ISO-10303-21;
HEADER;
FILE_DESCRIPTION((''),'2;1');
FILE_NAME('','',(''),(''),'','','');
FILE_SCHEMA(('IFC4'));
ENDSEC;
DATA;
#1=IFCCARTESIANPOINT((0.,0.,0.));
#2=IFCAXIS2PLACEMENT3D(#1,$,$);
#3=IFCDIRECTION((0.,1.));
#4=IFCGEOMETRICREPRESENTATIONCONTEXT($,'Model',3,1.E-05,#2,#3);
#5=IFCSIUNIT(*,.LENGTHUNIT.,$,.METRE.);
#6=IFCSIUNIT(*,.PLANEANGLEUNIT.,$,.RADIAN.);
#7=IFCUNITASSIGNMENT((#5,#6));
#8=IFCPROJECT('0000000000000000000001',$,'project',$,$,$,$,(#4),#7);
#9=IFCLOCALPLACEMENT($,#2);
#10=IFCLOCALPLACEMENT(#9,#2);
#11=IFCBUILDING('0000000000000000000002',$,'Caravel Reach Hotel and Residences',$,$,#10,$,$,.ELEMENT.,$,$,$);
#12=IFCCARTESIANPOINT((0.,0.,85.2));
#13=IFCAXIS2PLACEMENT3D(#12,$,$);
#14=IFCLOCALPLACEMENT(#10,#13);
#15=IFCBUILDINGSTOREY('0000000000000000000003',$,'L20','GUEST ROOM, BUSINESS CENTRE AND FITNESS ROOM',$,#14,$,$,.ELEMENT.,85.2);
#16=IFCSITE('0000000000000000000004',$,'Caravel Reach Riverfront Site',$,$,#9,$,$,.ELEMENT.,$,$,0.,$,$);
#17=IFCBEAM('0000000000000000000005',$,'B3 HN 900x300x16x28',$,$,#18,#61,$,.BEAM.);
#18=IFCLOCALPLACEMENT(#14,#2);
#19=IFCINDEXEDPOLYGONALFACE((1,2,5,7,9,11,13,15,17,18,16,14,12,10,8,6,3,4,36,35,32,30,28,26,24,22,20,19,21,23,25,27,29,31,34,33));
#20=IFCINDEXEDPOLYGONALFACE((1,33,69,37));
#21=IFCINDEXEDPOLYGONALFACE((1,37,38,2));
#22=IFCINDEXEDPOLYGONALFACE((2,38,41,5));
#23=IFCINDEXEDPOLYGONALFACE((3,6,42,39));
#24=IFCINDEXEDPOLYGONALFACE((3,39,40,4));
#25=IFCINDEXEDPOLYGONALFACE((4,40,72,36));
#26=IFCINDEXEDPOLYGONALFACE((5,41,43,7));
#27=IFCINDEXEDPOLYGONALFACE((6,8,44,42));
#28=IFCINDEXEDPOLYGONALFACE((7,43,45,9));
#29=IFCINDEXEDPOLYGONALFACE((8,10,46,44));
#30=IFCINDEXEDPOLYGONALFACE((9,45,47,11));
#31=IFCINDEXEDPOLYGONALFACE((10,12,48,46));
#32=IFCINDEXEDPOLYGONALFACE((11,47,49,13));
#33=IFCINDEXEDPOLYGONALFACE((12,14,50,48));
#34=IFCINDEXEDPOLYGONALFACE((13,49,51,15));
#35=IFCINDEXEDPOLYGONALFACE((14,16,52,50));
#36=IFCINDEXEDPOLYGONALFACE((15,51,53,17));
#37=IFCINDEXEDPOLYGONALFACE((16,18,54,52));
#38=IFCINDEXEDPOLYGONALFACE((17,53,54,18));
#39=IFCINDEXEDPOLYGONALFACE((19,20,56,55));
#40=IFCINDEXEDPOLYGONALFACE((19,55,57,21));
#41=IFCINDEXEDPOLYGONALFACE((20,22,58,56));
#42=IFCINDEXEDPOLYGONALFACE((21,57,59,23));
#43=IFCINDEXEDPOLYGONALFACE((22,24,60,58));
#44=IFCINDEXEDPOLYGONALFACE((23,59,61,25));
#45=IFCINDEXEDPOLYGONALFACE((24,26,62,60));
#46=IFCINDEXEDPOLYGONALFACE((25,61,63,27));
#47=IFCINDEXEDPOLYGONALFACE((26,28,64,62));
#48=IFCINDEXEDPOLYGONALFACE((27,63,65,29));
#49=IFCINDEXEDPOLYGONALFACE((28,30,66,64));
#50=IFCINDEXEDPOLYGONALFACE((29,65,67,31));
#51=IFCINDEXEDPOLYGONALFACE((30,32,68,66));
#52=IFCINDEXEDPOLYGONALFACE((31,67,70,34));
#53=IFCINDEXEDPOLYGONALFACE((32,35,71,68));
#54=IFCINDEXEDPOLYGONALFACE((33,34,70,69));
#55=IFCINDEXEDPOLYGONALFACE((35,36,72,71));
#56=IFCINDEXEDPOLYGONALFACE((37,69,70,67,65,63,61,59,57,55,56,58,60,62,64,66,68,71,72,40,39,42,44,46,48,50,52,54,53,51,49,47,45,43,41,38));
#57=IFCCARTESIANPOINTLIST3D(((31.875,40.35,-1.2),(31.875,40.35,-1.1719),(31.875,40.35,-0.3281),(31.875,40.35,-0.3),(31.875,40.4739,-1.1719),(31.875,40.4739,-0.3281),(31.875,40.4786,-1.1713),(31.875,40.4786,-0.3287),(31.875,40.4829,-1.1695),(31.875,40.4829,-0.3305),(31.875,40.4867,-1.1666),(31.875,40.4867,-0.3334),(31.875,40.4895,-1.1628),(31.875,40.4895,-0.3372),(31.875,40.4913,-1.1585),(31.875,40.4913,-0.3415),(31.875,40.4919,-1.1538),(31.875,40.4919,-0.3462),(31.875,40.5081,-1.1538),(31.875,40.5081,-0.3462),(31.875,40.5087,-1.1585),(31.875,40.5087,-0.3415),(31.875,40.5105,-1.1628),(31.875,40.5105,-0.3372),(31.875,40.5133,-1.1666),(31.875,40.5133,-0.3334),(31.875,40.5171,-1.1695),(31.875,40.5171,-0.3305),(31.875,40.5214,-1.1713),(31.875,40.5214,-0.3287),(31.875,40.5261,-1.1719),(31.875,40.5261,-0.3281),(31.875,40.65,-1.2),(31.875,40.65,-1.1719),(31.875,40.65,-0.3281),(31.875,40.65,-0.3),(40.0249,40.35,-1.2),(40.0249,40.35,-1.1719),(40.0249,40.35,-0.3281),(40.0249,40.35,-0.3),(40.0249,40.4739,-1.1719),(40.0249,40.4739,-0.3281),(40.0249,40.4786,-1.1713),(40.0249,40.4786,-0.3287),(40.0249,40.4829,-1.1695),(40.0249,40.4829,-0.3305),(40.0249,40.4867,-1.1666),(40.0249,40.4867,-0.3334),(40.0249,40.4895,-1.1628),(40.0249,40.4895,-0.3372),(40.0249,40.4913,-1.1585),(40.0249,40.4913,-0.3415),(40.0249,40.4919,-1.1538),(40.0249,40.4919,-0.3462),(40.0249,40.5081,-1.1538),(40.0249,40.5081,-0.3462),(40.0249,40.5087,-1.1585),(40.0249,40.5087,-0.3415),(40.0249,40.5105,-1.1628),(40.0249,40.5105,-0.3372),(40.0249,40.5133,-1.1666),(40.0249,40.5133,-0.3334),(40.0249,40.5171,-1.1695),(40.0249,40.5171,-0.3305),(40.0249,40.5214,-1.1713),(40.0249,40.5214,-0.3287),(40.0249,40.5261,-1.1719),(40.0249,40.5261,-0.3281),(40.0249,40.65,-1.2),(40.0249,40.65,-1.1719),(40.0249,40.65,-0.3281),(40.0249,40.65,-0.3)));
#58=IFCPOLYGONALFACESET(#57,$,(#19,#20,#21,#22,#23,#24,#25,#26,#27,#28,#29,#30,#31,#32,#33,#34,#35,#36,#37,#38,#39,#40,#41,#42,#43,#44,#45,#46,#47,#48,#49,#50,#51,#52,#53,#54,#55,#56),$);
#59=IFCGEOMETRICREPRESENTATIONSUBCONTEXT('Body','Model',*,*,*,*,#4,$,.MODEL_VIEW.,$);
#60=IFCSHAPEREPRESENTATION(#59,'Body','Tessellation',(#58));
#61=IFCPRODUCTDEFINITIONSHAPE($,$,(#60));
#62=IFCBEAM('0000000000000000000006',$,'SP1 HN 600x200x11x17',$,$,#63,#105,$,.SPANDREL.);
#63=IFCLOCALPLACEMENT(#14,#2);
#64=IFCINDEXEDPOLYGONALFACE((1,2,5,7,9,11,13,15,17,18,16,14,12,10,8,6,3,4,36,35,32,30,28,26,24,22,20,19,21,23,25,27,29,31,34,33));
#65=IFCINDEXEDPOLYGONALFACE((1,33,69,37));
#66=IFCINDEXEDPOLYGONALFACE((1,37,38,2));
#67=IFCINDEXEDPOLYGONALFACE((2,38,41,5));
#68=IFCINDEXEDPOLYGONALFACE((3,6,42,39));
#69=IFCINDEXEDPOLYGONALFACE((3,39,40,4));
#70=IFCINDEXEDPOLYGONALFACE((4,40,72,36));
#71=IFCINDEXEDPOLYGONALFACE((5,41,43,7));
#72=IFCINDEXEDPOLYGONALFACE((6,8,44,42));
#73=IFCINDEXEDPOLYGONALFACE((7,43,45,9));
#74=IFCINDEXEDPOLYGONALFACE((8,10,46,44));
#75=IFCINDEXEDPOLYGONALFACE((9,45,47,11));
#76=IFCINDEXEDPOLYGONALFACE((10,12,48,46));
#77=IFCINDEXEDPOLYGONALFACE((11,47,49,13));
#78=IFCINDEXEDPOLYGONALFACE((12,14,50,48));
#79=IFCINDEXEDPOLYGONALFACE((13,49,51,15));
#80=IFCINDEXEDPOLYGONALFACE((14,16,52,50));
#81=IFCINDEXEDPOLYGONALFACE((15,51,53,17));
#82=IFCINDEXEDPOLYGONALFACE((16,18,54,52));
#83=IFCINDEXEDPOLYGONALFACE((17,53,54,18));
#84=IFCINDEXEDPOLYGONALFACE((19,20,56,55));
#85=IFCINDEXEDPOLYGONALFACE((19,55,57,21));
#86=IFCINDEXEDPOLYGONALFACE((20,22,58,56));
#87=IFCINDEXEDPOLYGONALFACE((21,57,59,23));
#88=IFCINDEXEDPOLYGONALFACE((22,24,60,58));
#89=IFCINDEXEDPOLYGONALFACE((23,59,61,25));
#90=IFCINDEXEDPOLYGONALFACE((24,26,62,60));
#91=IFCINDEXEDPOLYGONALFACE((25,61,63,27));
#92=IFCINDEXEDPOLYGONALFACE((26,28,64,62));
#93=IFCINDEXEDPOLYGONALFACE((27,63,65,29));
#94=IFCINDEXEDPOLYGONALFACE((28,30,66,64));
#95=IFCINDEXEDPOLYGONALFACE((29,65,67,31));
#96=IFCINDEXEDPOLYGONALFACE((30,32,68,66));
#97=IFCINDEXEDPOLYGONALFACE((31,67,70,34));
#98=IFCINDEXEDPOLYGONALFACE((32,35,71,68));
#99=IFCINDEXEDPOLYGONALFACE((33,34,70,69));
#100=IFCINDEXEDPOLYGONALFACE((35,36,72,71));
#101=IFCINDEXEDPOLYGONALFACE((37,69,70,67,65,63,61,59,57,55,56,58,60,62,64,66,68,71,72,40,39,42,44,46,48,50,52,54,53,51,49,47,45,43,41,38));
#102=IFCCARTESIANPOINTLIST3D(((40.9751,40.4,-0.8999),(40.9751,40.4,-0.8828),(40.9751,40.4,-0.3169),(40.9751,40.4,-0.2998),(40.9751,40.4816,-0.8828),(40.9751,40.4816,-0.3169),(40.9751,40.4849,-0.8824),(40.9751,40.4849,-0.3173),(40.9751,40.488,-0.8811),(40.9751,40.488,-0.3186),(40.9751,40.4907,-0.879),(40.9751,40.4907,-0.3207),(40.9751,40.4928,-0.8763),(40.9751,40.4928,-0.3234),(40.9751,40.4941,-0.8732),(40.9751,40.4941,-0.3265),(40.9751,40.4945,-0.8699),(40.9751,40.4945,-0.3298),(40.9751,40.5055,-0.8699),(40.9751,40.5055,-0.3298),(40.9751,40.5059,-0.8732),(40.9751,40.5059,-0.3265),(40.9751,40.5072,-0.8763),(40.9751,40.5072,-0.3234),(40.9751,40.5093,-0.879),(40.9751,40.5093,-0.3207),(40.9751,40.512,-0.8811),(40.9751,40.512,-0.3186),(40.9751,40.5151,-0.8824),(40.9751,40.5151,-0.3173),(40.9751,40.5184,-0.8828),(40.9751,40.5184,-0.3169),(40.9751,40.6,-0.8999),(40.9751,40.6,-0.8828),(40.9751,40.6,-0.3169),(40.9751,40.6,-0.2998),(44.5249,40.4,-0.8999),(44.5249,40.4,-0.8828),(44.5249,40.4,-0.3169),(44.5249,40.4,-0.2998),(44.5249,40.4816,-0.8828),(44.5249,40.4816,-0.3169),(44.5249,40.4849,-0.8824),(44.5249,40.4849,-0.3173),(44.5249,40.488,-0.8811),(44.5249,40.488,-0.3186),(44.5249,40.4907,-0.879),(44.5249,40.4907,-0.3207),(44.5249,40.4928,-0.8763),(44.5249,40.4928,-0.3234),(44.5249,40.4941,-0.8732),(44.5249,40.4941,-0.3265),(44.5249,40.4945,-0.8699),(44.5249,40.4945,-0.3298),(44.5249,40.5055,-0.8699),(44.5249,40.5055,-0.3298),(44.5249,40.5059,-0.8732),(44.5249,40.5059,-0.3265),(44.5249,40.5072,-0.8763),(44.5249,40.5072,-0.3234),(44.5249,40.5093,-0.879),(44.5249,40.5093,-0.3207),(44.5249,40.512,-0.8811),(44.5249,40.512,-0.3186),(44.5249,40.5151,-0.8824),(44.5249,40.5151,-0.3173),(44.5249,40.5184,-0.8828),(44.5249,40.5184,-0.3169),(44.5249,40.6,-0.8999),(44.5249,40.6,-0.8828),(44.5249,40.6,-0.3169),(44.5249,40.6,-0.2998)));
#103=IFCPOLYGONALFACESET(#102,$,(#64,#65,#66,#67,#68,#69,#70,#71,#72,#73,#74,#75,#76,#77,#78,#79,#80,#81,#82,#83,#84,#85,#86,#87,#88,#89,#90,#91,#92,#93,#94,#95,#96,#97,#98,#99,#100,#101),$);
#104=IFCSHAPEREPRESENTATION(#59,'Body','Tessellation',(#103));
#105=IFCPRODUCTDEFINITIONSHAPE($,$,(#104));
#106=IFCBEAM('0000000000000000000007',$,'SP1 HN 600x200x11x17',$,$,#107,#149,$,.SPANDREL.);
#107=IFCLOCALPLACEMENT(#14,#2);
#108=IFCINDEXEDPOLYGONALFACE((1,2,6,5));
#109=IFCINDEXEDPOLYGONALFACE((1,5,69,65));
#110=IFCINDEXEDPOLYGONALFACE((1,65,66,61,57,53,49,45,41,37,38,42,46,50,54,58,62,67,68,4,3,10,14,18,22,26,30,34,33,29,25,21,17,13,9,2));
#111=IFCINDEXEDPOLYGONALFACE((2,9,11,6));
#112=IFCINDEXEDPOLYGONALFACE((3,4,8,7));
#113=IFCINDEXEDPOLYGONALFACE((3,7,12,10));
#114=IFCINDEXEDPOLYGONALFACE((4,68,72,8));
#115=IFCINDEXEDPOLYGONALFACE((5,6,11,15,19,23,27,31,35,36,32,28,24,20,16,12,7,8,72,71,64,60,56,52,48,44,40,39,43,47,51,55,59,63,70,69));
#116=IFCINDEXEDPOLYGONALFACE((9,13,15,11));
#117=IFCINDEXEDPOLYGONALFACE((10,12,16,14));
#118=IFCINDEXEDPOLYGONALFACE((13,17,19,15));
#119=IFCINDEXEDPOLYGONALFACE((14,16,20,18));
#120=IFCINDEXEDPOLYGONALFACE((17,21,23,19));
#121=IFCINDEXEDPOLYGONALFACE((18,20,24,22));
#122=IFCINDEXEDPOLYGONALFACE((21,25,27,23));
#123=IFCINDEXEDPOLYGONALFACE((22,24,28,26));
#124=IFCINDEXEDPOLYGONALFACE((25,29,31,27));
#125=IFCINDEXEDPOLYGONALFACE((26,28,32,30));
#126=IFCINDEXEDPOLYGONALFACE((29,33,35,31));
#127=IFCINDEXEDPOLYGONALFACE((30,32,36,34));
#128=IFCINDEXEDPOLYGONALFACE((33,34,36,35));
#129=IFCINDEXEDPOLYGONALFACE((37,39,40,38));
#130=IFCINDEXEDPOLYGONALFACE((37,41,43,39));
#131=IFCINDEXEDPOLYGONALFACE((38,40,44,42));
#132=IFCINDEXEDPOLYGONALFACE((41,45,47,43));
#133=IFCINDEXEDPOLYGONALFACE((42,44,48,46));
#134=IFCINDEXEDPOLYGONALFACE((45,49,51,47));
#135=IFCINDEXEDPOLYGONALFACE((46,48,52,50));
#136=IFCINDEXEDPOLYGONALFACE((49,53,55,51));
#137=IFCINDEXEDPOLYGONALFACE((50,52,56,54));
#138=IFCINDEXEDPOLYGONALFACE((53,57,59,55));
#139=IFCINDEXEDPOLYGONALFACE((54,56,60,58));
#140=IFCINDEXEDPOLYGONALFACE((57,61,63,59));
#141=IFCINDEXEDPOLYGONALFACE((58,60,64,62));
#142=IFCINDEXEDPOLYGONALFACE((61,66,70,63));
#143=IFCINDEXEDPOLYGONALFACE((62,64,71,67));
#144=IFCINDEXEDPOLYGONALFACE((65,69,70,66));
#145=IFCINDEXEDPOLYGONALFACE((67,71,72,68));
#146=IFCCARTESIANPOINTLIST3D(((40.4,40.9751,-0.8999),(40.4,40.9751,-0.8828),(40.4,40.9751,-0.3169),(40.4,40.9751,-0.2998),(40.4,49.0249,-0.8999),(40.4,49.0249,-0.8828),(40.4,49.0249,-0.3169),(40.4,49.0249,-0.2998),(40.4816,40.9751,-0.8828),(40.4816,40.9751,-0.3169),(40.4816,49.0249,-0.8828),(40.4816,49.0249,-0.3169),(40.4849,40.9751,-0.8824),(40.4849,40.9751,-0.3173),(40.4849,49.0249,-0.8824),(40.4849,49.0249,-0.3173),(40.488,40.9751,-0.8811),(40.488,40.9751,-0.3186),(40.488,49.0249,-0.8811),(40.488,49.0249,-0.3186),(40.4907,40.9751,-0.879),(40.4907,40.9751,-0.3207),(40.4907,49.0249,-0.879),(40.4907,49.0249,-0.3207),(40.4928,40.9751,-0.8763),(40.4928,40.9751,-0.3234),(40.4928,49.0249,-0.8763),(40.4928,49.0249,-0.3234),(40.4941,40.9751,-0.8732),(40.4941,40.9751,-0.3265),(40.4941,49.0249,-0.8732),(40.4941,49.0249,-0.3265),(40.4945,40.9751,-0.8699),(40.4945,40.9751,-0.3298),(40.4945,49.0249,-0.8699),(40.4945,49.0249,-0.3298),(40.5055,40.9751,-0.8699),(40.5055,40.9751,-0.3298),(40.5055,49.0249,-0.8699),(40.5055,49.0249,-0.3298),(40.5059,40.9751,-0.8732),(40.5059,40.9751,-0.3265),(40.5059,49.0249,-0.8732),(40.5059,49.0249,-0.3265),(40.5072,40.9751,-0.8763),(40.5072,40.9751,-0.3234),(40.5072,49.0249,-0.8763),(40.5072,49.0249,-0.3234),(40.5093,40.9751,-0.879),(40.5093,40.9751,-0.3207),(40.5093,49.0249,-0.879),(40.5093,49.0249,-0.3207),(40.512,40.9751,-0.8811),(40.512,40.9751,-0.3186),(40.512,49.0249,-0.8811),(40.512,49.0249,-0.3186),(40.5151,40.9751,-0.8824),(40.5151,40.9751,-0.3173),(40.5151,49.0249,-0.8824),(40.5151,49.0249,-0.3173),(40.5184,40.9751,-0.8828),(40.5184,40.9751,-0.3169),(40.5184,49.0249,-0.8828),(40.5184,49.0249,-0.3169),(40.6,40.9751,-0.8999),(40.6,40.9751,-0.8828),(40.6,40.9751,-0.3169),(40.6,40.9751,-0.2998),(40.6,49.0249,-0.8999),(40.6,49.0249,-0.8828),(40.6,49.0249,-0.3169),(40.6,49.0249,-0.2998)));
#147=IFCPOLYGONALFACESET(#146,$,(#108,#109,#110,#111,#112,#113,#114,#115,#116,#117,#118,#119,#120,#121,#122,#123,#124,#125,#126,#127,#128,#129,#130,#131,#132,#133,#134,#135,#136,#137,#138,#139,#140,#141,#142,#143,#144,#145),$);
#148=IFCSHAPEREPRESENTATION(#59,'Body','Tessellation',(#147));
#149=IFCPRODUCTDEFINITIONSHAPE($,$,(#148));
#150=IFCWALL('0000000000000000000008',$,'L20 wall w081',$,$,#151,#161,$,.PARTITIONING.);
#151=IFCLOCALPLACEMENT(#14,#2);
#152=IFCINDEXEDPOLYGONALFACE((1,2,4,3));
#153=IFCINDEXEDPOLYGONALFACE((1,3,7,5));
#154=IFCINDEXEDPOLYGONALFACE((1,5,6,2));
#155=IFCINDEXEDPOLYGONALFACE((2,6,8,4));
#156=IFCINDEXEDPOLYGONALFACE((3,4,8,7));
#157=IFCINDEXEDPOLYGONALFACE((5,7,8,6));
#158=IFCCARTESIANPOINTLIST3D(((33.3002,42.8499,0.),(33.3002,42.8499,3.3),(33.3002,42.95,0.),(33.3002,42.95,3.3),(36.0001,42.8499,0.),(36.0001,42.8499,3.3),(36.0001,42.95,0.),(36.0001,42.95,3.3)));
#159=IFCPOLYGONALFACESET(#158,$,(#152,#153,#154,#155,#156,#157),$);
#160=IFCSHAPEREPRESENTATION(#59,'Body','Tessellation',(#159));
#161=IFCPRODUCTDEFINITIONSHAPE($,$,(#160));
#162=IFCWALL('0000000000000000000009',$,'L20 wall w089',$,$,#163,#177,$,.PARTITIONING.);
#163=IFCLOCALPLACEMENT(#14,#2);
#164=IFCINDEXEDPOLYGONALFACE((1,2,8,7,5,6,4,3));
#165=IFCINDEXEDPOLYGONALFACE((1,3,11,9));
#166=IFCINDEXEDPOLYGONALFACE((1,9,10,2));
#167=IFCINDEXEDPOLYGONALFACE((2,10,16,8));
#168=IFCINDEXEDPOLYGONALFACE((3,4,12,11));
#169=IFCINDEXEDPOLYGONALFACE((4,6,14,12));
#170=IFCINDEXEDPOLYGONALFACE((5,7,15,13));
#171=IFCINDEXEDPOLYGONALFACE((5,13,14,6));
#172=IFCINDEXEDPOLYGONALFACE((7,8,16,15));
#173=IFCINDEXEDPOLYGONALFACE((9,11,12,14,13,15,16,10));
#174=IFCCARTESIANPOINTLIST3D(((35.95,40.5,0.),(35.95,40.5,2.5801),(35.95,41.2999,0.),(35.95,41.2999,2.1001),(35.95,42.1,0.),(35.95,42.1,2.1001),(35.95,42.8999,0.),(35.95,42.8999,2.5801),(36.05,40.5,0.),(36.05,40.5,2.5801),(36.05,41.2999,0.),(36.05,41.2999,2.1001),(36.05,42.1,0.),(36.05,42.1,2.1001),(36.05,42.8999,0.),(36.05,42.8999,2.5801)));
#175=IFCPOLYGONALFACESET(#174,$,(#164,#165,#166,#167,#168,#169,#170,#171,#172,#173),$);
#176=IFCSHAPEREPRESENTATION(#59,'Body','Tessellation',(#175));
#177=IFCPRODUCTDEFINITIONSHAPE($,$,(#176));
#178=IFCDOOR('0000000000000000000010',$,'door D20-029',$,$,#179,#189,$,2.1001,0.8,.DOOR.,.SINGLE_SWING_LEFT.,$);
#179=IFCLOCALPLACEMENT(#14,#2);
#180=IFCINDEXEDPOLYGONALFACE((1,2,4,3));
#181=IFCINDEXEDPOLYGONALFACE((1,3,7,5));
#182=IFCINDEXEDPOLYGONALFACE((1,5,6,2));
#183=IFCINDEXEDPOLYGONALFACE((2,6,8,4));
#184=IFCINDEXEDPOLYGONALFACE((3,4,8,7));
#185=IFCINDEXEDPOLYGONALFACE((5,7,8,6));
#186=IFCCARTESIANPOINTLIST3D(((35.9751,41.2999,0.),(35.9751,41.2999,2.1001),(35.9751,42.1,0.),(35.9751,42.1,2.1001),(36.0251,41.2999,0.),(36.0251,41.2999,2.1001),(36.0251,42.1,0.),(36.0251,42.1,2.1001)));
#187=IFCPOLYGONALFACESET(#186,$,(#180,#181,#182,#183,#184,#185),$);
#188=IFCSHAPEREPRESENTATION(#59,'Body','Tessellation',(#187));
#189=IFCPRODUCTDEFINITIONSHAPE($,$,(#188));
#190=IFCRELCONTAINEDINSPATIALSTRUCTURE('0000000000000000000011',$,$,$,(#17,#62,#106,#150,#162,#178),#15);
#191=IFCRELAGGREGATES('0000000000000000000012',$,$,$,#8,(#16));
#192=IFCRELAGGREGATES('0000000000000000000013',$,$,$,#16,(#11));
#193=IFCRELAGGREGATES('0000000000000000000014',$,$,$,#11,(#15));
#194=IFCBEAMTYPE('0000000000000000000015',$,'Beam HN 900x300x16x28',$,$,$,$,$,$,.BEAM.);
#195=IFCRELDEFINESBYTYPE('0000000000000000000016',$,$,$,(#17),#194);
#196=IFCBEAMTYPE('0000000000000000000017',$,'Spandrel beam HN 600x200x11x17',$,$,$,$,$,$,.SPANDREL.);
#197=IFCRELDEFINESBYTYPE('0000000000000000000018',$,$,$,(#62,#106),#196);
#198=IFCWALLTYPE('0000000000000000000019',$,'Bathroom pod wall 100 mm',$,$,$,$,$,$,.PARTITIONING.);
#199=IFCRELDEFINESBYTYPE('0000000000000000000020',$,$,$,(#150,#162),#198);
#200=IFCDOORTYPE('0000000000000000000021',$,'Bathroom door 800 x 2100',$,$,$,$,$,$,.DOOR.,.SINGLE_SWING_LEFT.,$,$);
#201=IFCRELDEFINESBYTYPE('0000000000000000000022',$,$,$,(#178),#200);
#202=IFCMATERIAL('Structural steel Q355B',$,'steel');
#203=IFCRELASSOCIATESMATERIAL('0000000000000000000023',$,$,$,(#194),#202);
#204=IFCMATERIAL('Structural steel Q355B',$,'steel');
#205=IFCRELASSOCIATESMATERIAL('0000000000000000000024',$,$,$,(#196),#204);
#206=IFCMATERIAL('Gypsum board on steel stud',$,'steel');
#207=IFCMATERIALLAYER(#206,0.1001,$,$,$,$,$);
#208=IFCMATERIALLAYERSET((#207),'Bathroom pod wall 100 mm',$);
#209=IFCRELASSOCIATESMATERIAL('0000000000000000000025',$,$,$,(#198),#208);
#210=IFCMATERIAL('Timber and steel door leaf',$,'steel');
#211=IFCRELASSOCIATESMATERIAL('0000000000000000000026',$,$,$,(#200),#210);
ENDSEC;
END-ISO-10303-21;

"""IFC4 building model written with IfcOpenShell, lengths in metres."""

from ifc_helpers import new_model, si_unit, direction, frame, frame_2d, origin, origin_2d, place, context, subcontext, project, spatial, rectangle, i_section, extrude, material, layer, layer_set, material_profile, profile_set, type_object, element, fill, save


model = new_model("IFC4")

# Units and contexts
model_context = context("Model", 3, precision=1e-05, world=origin(), true_north=direction((0.0, 1.0)))
body_context = subcontext(model_context, "Body", "Model", "MODEL_VIEW")
ifc_project = project(units=[si_unit("LENGTHUNIT", "METRE"), si_unit("PLANEANGLEUNIT", "RADIAN")], contexts=[model_context])

# Site, building, storey
site_placement = place(None, origin())
site = spatial("IfcSite", under=ifc_project, at=site_placement, Name="Caravel Reach Riverfront Site", CompositionType="ELEMENT", RefElevation=0.0)
building_placement = place(site_placement, origin())
building = spatial("IfcBuilding", under=site, at=building_placement, Name="Caravel Reach Hotel and Residences", CompositionType="ELEMENT")
storey_placement = place(building_placement, frame((0.0, 0.0, 85.2)))
storey = spatial("IfcBuildingStorey", under=building, at=storey_placement, Name="L20", Description="GUEST ROOM, BUSINESS CENTRE AND FITNESS ROOM", CompositionType="ELEMENT", Elevation=85.2)

# Beams
ifc_material_1 = material(Name="Structural steel Q355B", Category="steel")
ifc_material_profile_1 = material_profile(ifc_material_1, i_section(OverallWidth=0.3, OverallDepth=0.8999, WebThickness=0.0161, FlangeThickness=0.0281, FilletRadius=0.0181, at=origin_2d()), Name="HN 900x300x16x28")
ifc_profile_set_1 = profile_set([ifc_material_profile_1], Name="Structural steel Q355B")
beam_type_1 = type_object("IfcBeamType", Name="Beam HN 900x300x16x28", PredefinedType="BEAM", material=ifc_profile_set_1)
beam_1_placement = place(storey_placement, frame((31.875, 40.5, -0.75), z_axis=(1.0, 0.0, 0.0), x_axis=(0.0, 1.0, 0.0)))
element("IfcBeam", 1, at=beam_1_placement, inside=storey, type_object=beam_type_1, Name="B3 HN 900x300x16x28", PredefinedType="BEAM", context=body_context, shape_type="SweptSolid", body=[
    extrude(i_section(OverallWidth=0.3, OverallDepth=0.8999, WebThickness=0.0161, FlangeThickness=0.0281, FilletRadius=0.0181, at=origin_2d()), origin(), (0.0, 0.0, 1.0), 8.1499),
])
ifc_material_2 = material(Name="Structural steel Q355B", Category="steel")
ifc_material_profile_2 = material_profile(ifc_material_2, i_section(OverallWidth=0.2, OverallDepth=0.6001, WebThickness=0.011, FlangeThickness=0.0171, FilletRadius=0.0129, at=origin_2d()), Name="HN 600x200x11x17")
ifc_profile_set_2 = profile_set([ifc_material_profile_2], Name="Structural steel Q355B")
beam_type_2 = type_object("IfcBeamType", Name="Spandrel beam HN 600x200x11x17", PredefinedType="SPANDREL", material=ifc_profile_set_2)
beam_2_placement = place(storey_placement, frame((44.5249, 40.5, -0.5999), z_axis=(-1.0, 0.0, 0.0), x_axis=(0.0, -1.0, 0.0)))
element("IfcBeam", 2, at=beam_2_placement, inside=storey, type_object=beam_type_2, Name="SP1 HN 600x200x11x17", PredefinedType="SPANDREL", context=body_context, shape_type="SweptSolid", body=[
    extrude(i_section(OverallWidth=0.2, OverallDepth=0.6001, WebThickness=0.011, FlangeThickness=0.0171, FilletRadius=0.0129, at=origin_2d()), origin(), (0.0, 0.0, 1.0), 3.5498),
])
beam_3_placement = place(storey_placement, frame((40.5, 40.9751, -0.5999), z_axis=(0.0, 1.0, 0.0), x_axis=(-1.0, 0.0, 0.0)))
element("IfcBeam", 3, at=beam_3_placement, inside=storey, type_object=beam_type_2, Name="SP1 HN 600x200x11x17", PredefinedType="SPANDREL", context=body_context, shape_type="SweptSolid", body=[
    extrude(i_section(OverallWidth=0.2, OverallDepth=0.6001, WebThickness=0.011, FlangeThickness=0.0171, FilletRadius=0.0129, at=origin_2d()), origin(), (0.0, 0.0, 1.0), 8.0498),
])

# Wall
ifc_material_3 = material(Name="Gypsum board on steel stud", Category="steel")
ifc_layer_1 = layer(ifc_material_3, 0.1001)
ifc_layer_set_1 = layer_set([ifc_layer_1], Name="Bathroom pod wall 100 mm")
wall_type_1 = type_object("IfcWallType", Name="Bathroom pod wall 100 mm", PredefinedType="PARTITIONING", material=ifc_layer_set_1)
wall_1_placement = place(storey_placement, frame((33.3, 42.8999, 0.0), z_axis=(0.0, 0.0, 1.0), x_axis=(1.0, 0.0, 0.0)))
element("IfcWall", 4, at=wall_1_placement, inside=storey, type_object=wall_type_1, Name="L20 wall w081", PredefinedType="PARTITIONING", context=body_context, shape_type="SweptSolid", body=[
    extrude(rectangle(XDim=2.7, YDim=0.1001, at=frame_2d((1.3501, 0.0))), origin(), (0.0, 0.0, 1.0), 3.3),
])

# Wall, opening, door
wall_2_placement = place(storey_placement, frame((36.0, 40.5, 0.0), z_axis=(0.0, 0.0, 1.0), x_axis=(0.0, 1.0, 0.0)))
wall_2 = element("IfcWall", 5, at=wall_2_placement, inside=storey, type_object=wall_type_1, Name="L20 wall w089", PredefinedType="PARTITIONING", context=body_context, shape_type="SweptSolid", body=[
    extrude(rectangle(XDim=2.3999, YDim=0.1001, at=frame_2d((1.2, 0.0))), origin(), (0.0, 0.0, 1.0), 2.5801),
])
opening_1_placement = place(wall_2_placement, frame((0.8, 0.0, 0.0)))
opening_1 = element("IfcOpeningElement", 6, at=opening_1_placement, cuts=wall_2, PredefinedType="OPENING", context=body_context, shape_type="SweptSolid", body=[
    extrude(rectangle(XDim=0.8, YDim=2.1001, at=frame_2d((0.3999, 1.05))), frame((0.0, 0.0601, 0.0), z_axis=(0.0, -1.0, 0.0), x_axis=(1.0, 0.0, 0.0)), (0.0, 0.0, 1.0), 0.1201),
])
ifc_material_4 = material(Name="Timber and steel door leaf", Category="steel")
door_type = type_object("IfcDoorType", Name="Bathroom door 800 x 2100", OperationType="SINGLE_SWING_LEFT", PredefinedType="DOOR", material=ifc_material_4)
door_placement = place(opening_1_placement, origin())
door = element("IfcDoor", 7, at=door_placement, inside=storey, type_object=door_type, Name="door D20-029", OperationType="SINGLE_SWING_LEFT", OverallHeight=2.1001, OverallWidth=0.8, PredefinedType="DOOR", context=body_context, shape_type="SweptSolid", body=[
    extrude(rectangle(XDim=0.8, YDim=2.1001, at=frame_2d((0.3999, 1.05))), frame((0.0, 0.0249, 0.0), z_axis=(0.0, -1.0, 0.0), x_axis=(1.0, 0.0, 0.0)), (0.0, 0.0, 1.0), 0.05),
])
fill(opening_1, door)

save(model, "model.ifc")
